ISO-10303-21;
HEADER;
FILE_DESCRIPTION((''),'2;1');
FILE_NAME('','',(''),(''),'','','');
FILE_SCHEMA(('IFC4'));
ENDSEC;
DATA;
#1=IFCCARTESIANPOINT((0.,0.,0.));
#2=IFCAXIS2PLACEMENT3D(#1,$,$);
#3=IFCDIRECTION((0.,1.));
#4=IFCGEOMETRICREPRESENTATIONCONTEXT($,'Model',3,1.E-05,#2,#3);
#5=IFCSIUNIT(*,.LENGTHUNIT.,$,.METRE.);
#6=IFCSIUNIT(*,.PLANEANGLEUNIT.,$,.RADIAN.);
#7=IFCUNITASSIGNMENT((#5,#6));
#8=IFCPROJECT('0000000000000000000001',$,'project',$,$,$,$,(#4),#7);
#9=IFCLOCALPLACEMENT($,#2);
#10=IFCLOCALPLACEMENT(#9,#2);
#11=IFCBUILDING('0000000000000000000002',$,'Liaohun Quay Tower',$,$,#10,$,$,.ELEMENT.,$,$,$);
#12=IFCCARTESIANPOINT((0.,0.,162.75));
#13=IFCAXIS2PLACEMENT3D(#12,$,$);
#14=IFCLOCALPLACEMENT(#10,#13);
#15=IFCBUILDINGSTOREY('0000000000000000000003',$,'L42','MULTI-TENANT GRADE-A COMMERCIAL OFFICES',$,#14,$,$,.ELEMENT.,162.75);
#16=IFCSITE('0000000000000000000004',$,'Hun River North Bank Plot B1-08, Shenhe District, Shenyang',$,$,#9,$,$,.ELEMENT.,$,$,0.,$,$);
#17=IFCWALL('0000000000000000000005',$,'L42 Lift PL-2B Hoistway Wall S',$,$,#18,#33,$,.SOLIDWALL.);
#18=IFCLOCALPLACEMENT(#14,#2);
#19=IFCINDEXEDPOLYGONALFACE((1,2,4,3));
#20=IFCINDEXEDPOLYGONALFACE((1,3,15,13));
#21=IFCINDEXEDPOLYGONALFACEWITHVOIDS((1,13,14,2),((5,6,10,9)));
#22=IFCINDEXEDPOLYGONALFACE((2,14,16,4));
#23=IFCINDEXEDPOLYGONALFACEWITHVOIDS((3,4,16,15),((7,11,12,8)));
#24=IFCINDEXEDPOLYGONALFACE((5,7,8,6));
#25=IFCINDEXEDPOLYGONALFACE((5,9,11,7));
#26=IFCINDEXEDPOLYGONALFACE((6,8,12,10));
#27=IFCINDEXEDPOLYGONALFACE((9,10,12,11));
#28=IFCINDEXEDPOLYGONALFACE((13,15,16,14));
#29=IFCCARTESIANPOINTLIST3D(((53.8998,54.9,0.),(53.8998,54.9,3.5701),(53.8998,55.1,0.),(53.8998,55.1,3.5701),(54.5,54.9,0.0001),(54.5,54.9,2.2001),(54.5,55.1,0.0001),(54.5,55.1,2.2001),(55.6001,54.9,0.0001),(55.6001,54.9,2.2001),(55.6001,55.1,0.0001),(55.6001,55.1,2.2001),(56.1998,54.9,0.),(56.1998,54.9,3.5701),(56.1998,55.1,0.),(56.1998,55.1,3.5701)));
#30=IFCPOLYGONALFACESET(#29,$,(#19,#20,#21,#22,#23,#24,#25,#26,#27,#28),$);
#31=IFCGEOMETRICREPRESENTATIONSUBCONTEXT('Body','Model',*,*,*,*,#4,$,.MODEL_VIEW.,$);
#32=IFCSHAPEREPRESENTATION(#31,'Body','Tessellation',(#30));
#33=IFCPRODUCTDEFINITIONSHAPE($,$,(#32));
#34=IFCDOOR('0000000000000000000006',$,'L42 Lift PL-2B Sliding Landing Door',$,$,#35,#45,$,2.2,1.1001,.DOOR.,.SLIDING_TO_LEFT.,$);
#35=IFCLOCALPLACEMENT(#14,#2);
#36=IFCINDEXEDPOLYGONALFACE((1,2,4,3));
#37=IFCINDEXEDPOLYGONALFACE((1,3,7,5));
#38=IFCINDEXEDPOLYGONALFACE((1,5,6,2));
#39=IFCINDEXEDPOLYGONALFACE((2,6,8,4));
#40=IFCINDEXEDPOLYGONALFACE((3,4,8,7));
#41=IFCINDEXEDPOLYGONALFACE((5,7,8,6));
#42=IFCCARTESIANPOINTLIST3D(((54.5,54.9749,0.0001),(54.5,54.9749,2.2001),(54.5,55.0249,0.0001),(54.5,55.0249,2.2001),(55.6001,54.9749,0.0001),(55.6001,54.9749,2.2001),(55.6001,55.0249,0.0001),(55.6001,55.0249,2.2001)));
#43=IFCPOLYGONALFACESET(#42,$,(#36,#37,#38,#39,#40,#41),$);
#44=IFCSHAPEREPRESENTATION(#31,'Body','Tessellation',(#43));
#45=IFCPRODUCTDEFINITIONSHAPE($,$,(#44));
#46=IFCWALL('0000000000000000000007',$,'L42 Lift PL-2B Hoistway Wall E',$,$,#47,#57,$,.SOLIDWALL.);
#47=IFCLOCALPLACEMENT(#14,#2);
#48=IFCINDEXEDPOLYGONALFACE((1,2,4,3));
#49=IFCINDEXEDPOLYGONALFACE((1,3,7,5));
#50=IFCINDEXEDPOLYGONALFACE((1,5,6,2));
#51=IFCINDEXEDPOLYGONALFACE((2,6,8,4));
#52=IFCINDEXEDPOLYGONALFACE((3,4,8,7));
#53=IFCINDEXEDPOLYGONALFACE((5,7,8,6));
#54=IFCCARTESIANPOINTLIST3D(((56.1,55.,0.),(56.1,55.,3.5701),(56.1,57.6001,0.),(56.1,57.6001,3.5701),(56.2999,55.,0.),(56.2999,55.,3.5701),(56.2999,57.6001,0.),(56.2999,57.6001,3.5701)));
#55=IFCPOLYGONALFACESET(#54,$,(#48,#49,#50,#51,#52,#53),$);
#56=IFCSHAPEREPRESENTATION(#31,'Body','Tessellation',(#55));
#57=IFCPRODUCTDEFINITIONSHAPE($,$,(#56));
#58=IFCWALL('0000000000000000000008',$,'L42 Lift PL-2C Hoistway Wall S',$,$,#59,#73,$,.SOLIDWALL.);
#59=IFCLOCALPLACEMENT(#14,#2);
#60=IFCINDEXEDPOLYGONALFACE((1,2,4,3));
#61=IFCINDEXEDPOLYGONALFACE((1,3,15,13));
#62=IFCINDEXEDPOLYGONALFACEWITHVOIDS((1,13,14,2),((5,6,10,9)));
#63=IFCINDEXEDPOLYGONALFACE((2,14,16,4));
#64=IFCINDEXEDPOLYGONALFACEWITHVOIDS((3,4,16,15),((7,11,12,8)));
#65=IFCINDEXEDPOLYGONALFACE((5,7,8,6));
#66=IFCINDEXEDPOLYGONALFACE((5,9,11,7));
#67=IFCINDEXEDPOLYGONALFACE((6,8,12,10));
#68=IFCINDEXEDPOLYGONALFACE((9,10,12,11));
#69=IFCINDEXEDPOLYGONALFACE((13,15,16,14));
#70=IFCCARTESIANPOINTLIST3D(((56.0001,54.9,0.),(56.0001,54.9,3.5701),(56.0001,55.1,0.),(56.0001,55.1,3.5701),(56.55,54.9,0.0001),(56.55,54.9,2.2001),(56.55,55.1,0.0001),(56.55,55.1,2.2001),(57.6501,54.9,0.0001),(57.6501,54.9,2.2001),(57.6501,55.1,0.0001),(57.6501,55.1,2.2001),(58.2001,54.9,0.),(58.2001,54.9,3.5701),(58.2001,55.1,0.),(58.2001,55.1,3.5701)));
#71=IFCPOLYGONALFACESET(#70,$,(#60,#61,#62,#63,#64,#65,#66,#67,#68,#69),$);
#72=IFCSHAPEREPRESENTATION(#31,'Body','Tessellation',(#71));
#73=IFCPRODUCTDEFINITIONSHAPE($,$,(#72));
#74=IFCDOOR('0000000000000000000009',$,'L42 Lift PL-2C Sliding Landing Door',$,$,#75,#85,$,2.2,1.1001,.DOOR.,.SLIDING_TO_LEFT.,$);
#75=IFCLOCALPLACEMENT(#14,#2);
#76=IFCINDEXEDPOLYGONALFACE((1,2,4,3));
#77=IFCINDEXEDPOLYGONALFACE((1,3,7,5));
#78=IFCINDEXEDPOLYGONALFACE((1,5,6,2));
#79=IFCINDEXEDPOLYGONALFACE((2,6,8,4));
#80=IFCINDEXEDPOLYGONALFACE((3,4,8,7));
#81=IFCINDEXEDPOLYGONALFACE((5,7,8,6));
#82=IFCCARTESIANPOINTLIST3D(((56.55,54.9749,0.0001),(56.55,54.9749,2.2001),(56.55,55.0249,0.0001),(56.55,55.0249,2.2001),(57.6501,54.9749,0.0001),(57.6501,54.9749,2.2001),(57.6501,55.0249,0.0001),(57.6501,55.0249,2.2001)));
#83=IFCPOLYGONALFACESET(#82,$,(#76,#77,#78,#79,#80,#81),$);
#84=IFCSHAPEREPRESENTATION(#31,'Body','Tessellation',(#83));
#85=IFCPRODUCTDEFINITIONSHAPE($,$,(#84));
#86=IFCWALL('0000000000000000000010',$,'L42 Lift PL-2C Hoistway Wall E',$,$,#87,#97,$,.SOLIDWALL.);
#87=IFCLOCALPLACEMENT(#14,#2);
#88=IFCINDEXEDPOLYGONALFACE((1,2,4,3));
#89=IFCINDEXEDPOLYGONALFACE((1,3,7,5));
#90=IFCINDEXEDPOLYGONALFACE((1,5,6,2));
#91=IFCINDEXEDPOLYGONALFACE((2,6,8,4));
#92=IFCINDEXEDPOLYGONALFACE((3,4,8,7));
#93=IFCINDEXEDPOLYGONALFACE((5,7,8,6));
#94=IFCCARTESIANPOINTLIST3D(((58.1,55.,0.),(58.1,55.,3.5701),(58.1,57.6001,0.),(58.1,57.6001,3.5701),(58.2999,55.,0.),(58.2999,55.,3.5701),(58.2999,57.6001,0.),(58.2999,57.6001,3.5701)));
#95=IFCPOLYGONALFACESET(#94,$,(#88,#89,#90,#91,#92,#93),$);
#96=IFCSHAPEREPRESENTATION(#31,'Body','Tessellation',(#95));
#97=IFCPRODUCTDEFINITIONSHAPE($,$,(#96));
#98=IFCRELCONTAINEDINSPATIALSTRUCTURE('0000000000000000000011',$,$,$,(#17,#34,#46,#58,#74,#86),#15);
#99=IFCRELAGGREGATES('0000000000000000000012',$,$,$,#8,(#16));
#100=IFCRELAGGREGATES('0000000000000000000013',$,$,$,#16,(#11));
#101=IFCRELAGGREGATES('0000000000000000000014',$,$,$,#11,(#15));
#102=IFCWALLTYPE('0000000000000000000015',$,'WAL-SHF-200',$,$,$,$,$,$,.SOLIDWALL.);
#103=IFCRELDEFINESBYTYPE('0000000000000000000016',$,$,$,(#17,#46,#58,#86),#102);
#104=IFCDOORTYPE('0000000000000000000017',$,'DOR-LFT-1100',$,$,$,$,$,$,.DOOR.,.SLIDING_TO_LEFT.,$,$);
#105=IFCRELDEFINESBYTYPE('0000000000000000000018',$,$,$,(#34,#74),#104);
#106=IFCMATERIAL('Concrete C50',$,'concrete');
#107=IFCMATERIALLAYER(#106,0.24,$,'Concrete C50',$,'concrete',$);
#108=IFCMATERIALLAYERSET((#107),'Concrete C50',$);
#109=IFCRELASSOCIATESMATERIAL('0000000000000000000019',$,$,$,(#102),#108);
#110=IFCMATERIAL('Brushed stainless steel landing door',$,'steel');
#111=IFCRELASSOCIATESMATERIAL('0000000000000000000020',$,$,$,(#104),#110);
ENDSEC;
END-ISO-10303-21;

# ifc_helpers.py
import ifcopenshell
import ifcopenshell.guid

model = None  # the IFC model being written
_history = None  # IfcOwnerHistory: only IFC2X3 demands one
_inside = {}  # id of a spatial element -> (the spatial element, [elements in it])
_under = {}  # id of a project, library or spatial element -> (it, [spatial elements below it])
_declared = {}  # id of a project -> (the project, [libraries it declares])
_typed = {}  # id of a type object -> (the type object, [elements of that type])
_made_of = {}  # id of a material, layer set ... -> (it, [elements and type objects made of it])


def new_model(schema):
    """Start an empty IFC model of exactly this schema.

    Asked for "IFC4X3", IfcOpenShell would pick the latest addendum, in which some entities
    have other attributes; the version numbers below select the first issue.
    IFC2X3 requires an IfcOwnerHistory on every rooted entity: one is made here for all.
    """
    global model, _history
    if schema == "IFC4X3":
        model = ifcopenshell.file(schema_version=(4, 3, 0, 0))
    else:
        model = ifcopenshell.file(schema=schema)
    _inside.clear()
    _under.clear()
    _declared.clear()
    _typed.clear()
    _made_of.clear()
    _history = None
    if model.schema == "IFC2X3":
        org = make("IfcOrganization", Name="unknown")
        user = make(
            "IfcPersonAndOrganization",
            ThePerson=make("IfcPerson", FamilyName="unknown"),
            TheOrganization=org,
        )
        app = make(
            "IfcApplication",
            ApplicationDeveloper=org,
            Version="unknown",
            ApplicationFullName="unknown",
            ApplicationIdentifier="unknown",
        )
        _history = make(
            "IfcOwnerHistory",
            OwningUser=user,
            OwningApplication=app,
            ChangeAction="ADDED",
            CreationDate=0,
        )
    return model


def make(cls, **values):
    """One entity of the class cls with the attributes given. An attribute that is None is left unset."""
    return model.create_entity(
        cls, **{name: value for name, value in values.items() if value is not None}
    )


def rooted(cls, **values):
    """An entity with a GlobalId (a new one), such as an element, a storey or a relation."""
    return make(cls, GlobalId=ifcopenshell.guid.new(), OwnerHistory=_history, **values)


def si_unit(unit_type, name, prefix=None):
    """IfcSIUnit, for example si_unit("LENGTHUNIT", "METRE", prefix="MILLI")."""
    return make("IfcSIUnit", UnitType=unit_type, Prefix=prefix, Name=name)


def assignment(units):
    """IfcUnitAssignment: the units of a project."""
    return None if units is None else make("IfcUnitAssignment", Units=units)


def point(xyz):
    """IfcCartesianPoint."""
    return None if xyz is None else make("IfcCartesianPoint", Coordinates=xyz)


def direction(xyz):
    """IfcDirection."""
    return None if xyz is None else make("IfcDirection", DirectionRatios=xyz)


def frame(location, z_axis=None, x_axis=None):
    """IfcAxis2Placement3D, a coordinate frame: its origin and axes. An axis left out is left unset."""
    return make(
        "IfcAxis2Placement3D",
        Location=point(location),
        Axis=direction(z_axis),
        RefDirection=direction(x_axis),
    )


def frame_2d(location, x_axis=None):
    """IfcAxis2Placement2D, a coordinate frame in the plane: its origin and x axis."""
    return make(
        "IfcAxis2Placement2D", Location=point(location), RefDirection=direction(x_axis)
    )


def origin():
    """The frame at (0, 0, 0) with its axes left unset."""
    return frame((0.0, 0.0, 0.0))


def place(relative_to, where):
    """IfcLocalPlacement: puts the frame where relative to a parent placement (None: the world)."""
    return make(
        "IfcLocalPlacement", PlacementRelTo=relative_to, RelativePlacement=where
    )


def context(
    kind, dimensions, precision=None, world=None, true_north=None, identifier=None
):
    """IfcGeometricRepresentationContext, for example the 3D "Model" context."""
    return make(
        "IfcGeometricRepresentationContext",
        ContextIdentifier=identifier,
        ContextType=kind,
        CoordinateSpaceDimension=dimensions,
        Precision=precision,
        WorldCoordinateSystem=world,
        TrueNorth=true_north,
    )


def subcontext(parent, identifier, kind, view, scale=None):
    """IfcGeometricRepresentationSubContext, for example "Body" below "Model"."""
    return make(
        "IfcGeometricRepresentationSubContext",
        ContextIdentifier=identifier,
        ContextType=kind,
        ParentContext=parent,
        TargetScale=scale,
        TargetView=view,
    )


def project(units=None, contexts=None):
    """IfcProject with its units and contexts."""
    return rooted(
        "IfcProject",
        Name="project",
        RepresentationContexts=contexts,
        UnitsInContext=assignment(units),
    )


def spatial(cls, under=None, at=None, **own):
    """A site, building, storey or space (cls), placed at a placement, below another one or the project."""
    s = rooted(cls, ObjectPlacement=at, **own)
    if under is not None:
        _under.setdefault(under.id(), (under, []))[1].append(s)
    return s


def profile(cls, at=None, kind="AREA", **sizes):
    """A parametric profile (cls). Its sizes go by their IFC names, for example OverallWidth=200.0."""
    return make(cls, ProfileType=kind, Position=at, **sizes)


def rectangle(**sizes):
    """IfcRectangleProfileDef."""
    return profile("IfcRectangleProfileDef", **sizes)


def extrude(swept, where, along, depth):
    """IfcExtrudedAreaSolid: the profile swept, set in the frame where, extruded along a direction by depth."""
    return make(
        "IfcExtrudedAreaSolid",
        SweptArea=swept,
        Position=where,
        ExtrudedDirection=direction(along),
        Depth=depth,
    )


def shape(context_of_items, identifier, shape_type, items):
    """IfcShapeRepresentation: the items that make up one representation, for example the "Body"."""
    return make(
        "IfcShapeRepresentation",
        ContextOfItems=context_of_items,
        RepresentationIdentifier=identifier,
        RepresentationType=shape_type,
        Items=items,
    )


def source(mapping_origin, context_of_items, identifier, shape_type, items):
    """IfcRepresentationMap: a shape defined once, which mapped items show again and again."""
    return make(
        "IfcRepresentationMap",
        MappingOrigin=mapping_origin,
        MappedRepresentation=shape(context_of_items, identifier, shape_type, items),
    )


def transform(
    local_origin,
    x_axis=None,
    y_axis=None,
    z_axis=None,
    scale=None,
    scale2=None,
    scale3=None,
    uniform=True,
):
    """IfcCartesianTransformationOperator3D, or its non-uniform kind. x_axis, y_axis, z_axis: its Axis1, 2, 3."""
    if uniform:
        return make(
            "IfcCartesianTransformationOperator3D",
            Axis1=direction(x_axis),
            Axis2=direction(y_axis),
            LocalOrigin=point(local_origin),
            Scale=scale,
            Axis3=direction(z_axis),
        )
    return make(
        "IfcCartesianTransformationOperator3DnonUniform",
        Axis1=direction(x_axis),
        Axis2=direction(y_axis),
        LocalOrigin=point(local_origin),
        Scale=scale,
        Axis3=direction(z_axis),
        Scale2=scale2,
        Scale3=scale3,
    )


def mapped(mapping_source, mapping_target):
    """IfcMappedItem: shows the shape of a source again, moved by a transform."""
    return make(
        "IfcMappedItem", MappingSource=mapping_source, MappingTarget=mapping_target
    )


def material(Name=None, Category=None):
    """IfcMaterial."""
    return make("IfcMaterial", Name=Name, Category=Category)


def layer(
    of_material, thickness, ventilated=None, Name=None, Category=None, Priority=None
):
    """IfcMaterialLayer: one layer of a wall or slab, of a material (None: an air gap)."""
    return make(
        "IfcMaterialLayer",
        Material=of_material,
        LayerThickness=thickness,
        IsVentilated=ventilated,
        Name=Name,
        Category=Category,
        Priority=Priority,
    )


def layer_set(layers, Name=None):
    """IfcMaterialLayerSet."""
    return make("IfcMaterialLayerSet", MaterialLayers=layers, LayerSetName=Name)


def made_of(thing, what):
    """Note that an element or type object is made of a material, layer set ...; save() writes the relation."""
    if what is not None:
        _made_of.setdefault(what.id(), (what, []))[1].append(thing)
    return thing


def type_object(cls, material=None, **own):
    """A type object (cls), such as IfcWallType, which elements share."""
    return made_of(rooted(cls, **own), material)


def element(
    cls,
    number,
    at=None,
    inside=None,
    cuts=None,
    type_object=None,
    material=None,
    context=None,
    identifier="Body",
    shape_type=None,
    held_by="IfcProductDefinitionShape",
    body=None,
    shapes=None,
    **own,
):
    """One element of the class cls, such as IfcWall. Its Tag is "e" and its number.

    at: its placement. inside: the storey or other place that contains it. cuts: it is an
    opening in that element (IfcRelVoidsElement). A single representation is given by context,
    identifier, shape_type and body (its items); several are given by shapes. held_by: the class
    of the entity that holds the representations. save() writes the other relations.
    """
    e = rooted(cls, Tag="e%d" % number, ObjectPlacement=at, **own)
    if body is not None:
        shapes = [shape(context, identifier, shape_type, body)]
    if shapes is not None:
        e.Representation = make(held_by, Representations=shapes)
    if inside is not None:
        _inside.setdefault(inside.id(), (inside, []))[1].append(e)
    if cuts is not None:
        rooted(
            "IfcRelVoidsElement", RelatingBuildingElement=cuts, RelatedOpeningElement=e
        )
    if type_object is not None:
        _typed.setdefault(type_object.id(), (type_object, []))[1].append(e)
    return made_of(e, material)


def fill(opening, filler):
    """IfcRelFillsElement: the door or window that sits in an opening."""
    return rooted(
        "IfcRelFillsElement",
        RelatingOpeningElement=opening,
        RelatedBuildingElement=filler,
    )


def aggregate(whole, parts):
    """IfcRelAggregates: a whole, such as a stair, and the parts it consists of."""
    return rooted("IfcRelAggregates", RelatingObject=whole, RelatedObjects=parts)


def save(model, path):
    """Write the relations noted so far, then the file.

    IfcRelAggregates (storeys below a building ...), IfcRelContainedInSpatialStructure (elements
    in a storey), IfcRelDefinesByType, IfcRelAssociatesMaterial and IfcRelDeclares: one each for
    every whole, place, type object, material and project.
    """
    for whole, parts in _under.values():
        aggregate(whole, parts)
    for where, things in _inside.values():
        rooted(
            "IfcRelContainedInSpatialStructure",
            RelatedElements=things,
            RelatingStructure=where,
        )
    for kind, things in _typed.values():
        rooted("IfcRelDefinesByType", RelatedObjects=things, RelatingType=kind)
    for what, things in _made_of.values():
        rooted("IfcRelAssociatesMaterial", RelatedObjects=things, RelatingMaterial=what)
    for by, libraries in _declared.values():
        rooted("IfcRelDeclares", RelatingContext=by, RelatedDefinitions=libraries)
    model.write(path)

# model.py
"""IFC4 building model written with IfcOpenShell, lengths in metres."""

from ifc_helpers import new_model, si_unit, direction, frame, frame_2d, origin, place, context, subcontext, project, spatial, rectangle, extrude, source, transform, mapped, material, layer, layer_set, type_object, element, fill, save


model = new_model("IFC4")

# Units and contexts
model_context = context("Model", 3, precision=1e-05, world=origin(), true_north=direction((0.0, 1.0)))
body_context = subcontext(model_context, "Body", "Model", "MODEL_VIEW")
ifc_project = project(units=[si_unit("LENGTHUNIT", "METRE"), si_unit("PLANEANGLEUNIT", "RADIAN")], contexts=[model_context])

# Site, building, storey
site_placement = place(None, origin())
site = spatial("IfcSite", under=ifc_project, at=site_placement, Name="Hun River North Bank Plot B1-08, Shenhe District, Shenyang", CompositionType="ELEMENT", RefElevation=0.0)
building_placement = place(site_placement, origin())
building = spatial("IfcBuilding", under=site, at=building_placement, Name="Liaohun Quay Tower", CompositionType="ELEMENT")
storey_placement = place(building_placement, frame((0.0, 0.0, 162.75)))
storey = spatial("IfcBuildingStorey", under=building, at=storey_placement, Name="L42", Description="MULTI-TENANT GRADE-A COMMERCIAL OFFICES", CompositionType="ELEMENT", Elevation=162.75)

# Shared definitions
ifc_material_1 = material(Name="Concrete C50", Category="concrete")
ifc_layer_1 = layer(ifc_material_1, 0.24, Name="Concrete C50", Category="concrete")
ifc_layer_set_1 = layer_set([ifc_layer_1], Name="Concrete C50")
wall_type_1 = type_object("IfcWallType", Name="WAL-SHF-200", PredefinedType="SOLIDWALL", material=ifc_layer_set_1)

# Wall, opening, door
wall_1_placement = place(storey_placement, frame((53.8999, 55.0, 0.0), z_axis=(0.0, 0.0, 1.0), x_axis=(1.0, 0.0, 0.0)))
wall_1 = element("IfcWall", 1, at=wall_1_placement, inside=storey, type_object=wall_type_1, Name="L42 Lift PL-2B Hoistway Wall S", PredefinedType="SOLIDWALL", context=body_context, shape_type="SweptSolid", body=[
    extrude(rectangle(XDim=2.3, YDim=0.2, at=frame_2d((1.1499, 0.0))), origin(), (0.0, 0.0, 1.0), 3.5701),
])
shared_shape_1 = source(origin(), body_context, "Body", "SweptSolid", [
    extrude(rectangle(XDim=1.1001, YDim=2.2, at=frame_2d((0.55, 1.1001))), frame((0.0, 0.1099, 0.0), z_axis=(0.0, -1.0, 0.0), x_axis=(1.0, 0.0, 0.0)), (0.0, 0.0, 1.0), 0.22),
])
opening_1_placement = place(wall_1_placement, frame((0.6001, 0.0, 0.0)))
opening_1 = element("IfcOpeningElement", 2, at=opening_1_placement, cuts=wall_1, PredefinedType="OPENING", context=body_context, shape_type="MappedRepresentation", body=[
    mapped(shared_shape_1, transform((0.0, 0.0, 0.0), x_axis=(1.0, 0.0, 0.0), y_axis=(0.0, 1.0, 0.0), z_axis=(0.0, 0.0, 1.0), scale=1.0)),
])
ifc_material_2 = material(Name="Brushed stainless steel landing door", Category="steel")
door_type_1 = type_object("IfcDoorType", Name="DOR-LFT-1100", OperationType="SLIDING_TO_LEFT", PredefinedType="DOOR", material=ifc_material_2)
shared_shape_2 = source(origin(), body_context, "Body", "SweptSolid", [
    extrude(rectangle(XDim=1.1001, YDim=2.2, at=frame_2d((0.55, 1.1001))), frame((0.0, 0.0249, 0.0), z_axis=(0.0, -1.0, 0.0), x_axis=(1.0, 0.0, 0.0)), (0.0, 0.0, 1.0), 0.05),
])
door_1_placement = place(opening_1_placement, origin())
door_1 = element("IfcDoor", 3, at=door_1_placement, inside=storey, type_object=door_type_1, Name="L42 Lift PL-2B Sliding Landing Door", OperationType="SLIDING_TO_LEFT", OverallHeight=2.2, OverallWidth=1.1001, PredefinedType="DOOR", context=body_context, shape_type="MappedRepresentation", body=[
    mapped(shared_shape_2, transform((0.0, 0.0, 0.0), x_axis=(1.0, 0.0, 0.0), y_axis=(0.0, 1.0, 0.0), z_axis=(0.0, 0.0, 1.0), scale=1.0)),
])
fill(opening_1, door_1)

# Wall
wall_2_placement = place(storey_placement, frame((56.2, 55.0, 0.0), z_axis=(0.0, 0.0, 1.0), x_axis=(0.0, 1.0, 0.0)))
element("IfcWall", 4, at=wall_2_placement, inside=storey, type_object=wall_type_1, Name="L42 Lift PL-2B Hoistway Wall E", PredefinedType="SOLIDWALL", context=body_context, shape_type="SweptSolid", body=[
    extrude(rectangle(XDim=2.6001, YDim=0.2, at=frame_2d((1.3, 0.0))), origin(), (0.0, 0.0, 1.0), 3.5701),
])

# Wall, opening, door
wall_3_placement = place(storey_placement, frame((56.0, 55.0, 0.0), z_axis=(0.0, 0.0, 1.0), x_axis=(1.0, 0.0, 0.0)))
wall_3 = element("IfcWall", 5, at=wall_3_placement, inside=storey, type_object=wall_type_1, Name="L42 Lift PL-2C Hoistway Wall S", PredefinedType="SOLIDWALL", context=body_context, shape_type="SweptSolid", body=[
    extrude(rectangle(XDim=2.2, YDim=0.2, at=frame_2d((1.1001, 0.0))), origin(), (0.0, 0.0, 1.0), 3.5701),
])
opening_2_placement = place(wall_3_placement, frame((0.55, 0.0, 0.0)))
opening_2 = element("IfcOpeningElement", 6, at=opening_2_placement, cuts=wall_3, PredefinedType="OPENING", context=body_context, shape_type="MappedRepresentation", body=[
    mapped(shared_shape_1, transform((0.0, 0.0, 0.0), x_axis=(1.0, 0.0, 0.0), y_axis=(0.0, 1.0, 0.0), z_axis=(0.0, 0.0, 1.0), scale=1.0)),
])
door_2_placement = place(opening_2_placement, origin())
door_2 = element("IfcDoor", 7, at=door_2_placement, inside=storey, type_object=door_type_1, Name="L42 Lift PL-2C Sliding Landing Door", OperationType="SLIDING_TO_LEFT", OverallHeight=2.2, OverallWidth=1.1001, PredefinedType="DOOR", context=body_context, shape_type="MappedRepresentation", body=[
    mapped(shared_shape_2, transform((0.0, 0.0, 0.0), x_axis=(1.0, 0.0, 0.0), y_axis=(0.0, 1.0, 0.0), z_axis=(0.0, 0.0, 1.0), scale=1.0)),
])
fill(opening_2, door_2)

# Wall
wall_4_placement = place(storey_placement, frame((58.2, 55.0, 0.0), z_axis=(0.0, 0.0, 1.0), x_axis=(0.0, 1.0, 0.0)))
element("IfcWall", 8, at=wall_4_placement, inside=storey, type_object=wall_type_1, Name="L42 Lift PL-2C Hoistway Wall E", PredefinedType="SOLIDWALL", context=body_context, shape_type="SweptSolid", body=[
    extrude(rectangle(XDim=2.6001, YDim=0.2, at=frame_2d((1.3, 0.0))), origin(), (0.0, 0.0, 1.0), 3.5701),
])

save(model, "model.ifc")
